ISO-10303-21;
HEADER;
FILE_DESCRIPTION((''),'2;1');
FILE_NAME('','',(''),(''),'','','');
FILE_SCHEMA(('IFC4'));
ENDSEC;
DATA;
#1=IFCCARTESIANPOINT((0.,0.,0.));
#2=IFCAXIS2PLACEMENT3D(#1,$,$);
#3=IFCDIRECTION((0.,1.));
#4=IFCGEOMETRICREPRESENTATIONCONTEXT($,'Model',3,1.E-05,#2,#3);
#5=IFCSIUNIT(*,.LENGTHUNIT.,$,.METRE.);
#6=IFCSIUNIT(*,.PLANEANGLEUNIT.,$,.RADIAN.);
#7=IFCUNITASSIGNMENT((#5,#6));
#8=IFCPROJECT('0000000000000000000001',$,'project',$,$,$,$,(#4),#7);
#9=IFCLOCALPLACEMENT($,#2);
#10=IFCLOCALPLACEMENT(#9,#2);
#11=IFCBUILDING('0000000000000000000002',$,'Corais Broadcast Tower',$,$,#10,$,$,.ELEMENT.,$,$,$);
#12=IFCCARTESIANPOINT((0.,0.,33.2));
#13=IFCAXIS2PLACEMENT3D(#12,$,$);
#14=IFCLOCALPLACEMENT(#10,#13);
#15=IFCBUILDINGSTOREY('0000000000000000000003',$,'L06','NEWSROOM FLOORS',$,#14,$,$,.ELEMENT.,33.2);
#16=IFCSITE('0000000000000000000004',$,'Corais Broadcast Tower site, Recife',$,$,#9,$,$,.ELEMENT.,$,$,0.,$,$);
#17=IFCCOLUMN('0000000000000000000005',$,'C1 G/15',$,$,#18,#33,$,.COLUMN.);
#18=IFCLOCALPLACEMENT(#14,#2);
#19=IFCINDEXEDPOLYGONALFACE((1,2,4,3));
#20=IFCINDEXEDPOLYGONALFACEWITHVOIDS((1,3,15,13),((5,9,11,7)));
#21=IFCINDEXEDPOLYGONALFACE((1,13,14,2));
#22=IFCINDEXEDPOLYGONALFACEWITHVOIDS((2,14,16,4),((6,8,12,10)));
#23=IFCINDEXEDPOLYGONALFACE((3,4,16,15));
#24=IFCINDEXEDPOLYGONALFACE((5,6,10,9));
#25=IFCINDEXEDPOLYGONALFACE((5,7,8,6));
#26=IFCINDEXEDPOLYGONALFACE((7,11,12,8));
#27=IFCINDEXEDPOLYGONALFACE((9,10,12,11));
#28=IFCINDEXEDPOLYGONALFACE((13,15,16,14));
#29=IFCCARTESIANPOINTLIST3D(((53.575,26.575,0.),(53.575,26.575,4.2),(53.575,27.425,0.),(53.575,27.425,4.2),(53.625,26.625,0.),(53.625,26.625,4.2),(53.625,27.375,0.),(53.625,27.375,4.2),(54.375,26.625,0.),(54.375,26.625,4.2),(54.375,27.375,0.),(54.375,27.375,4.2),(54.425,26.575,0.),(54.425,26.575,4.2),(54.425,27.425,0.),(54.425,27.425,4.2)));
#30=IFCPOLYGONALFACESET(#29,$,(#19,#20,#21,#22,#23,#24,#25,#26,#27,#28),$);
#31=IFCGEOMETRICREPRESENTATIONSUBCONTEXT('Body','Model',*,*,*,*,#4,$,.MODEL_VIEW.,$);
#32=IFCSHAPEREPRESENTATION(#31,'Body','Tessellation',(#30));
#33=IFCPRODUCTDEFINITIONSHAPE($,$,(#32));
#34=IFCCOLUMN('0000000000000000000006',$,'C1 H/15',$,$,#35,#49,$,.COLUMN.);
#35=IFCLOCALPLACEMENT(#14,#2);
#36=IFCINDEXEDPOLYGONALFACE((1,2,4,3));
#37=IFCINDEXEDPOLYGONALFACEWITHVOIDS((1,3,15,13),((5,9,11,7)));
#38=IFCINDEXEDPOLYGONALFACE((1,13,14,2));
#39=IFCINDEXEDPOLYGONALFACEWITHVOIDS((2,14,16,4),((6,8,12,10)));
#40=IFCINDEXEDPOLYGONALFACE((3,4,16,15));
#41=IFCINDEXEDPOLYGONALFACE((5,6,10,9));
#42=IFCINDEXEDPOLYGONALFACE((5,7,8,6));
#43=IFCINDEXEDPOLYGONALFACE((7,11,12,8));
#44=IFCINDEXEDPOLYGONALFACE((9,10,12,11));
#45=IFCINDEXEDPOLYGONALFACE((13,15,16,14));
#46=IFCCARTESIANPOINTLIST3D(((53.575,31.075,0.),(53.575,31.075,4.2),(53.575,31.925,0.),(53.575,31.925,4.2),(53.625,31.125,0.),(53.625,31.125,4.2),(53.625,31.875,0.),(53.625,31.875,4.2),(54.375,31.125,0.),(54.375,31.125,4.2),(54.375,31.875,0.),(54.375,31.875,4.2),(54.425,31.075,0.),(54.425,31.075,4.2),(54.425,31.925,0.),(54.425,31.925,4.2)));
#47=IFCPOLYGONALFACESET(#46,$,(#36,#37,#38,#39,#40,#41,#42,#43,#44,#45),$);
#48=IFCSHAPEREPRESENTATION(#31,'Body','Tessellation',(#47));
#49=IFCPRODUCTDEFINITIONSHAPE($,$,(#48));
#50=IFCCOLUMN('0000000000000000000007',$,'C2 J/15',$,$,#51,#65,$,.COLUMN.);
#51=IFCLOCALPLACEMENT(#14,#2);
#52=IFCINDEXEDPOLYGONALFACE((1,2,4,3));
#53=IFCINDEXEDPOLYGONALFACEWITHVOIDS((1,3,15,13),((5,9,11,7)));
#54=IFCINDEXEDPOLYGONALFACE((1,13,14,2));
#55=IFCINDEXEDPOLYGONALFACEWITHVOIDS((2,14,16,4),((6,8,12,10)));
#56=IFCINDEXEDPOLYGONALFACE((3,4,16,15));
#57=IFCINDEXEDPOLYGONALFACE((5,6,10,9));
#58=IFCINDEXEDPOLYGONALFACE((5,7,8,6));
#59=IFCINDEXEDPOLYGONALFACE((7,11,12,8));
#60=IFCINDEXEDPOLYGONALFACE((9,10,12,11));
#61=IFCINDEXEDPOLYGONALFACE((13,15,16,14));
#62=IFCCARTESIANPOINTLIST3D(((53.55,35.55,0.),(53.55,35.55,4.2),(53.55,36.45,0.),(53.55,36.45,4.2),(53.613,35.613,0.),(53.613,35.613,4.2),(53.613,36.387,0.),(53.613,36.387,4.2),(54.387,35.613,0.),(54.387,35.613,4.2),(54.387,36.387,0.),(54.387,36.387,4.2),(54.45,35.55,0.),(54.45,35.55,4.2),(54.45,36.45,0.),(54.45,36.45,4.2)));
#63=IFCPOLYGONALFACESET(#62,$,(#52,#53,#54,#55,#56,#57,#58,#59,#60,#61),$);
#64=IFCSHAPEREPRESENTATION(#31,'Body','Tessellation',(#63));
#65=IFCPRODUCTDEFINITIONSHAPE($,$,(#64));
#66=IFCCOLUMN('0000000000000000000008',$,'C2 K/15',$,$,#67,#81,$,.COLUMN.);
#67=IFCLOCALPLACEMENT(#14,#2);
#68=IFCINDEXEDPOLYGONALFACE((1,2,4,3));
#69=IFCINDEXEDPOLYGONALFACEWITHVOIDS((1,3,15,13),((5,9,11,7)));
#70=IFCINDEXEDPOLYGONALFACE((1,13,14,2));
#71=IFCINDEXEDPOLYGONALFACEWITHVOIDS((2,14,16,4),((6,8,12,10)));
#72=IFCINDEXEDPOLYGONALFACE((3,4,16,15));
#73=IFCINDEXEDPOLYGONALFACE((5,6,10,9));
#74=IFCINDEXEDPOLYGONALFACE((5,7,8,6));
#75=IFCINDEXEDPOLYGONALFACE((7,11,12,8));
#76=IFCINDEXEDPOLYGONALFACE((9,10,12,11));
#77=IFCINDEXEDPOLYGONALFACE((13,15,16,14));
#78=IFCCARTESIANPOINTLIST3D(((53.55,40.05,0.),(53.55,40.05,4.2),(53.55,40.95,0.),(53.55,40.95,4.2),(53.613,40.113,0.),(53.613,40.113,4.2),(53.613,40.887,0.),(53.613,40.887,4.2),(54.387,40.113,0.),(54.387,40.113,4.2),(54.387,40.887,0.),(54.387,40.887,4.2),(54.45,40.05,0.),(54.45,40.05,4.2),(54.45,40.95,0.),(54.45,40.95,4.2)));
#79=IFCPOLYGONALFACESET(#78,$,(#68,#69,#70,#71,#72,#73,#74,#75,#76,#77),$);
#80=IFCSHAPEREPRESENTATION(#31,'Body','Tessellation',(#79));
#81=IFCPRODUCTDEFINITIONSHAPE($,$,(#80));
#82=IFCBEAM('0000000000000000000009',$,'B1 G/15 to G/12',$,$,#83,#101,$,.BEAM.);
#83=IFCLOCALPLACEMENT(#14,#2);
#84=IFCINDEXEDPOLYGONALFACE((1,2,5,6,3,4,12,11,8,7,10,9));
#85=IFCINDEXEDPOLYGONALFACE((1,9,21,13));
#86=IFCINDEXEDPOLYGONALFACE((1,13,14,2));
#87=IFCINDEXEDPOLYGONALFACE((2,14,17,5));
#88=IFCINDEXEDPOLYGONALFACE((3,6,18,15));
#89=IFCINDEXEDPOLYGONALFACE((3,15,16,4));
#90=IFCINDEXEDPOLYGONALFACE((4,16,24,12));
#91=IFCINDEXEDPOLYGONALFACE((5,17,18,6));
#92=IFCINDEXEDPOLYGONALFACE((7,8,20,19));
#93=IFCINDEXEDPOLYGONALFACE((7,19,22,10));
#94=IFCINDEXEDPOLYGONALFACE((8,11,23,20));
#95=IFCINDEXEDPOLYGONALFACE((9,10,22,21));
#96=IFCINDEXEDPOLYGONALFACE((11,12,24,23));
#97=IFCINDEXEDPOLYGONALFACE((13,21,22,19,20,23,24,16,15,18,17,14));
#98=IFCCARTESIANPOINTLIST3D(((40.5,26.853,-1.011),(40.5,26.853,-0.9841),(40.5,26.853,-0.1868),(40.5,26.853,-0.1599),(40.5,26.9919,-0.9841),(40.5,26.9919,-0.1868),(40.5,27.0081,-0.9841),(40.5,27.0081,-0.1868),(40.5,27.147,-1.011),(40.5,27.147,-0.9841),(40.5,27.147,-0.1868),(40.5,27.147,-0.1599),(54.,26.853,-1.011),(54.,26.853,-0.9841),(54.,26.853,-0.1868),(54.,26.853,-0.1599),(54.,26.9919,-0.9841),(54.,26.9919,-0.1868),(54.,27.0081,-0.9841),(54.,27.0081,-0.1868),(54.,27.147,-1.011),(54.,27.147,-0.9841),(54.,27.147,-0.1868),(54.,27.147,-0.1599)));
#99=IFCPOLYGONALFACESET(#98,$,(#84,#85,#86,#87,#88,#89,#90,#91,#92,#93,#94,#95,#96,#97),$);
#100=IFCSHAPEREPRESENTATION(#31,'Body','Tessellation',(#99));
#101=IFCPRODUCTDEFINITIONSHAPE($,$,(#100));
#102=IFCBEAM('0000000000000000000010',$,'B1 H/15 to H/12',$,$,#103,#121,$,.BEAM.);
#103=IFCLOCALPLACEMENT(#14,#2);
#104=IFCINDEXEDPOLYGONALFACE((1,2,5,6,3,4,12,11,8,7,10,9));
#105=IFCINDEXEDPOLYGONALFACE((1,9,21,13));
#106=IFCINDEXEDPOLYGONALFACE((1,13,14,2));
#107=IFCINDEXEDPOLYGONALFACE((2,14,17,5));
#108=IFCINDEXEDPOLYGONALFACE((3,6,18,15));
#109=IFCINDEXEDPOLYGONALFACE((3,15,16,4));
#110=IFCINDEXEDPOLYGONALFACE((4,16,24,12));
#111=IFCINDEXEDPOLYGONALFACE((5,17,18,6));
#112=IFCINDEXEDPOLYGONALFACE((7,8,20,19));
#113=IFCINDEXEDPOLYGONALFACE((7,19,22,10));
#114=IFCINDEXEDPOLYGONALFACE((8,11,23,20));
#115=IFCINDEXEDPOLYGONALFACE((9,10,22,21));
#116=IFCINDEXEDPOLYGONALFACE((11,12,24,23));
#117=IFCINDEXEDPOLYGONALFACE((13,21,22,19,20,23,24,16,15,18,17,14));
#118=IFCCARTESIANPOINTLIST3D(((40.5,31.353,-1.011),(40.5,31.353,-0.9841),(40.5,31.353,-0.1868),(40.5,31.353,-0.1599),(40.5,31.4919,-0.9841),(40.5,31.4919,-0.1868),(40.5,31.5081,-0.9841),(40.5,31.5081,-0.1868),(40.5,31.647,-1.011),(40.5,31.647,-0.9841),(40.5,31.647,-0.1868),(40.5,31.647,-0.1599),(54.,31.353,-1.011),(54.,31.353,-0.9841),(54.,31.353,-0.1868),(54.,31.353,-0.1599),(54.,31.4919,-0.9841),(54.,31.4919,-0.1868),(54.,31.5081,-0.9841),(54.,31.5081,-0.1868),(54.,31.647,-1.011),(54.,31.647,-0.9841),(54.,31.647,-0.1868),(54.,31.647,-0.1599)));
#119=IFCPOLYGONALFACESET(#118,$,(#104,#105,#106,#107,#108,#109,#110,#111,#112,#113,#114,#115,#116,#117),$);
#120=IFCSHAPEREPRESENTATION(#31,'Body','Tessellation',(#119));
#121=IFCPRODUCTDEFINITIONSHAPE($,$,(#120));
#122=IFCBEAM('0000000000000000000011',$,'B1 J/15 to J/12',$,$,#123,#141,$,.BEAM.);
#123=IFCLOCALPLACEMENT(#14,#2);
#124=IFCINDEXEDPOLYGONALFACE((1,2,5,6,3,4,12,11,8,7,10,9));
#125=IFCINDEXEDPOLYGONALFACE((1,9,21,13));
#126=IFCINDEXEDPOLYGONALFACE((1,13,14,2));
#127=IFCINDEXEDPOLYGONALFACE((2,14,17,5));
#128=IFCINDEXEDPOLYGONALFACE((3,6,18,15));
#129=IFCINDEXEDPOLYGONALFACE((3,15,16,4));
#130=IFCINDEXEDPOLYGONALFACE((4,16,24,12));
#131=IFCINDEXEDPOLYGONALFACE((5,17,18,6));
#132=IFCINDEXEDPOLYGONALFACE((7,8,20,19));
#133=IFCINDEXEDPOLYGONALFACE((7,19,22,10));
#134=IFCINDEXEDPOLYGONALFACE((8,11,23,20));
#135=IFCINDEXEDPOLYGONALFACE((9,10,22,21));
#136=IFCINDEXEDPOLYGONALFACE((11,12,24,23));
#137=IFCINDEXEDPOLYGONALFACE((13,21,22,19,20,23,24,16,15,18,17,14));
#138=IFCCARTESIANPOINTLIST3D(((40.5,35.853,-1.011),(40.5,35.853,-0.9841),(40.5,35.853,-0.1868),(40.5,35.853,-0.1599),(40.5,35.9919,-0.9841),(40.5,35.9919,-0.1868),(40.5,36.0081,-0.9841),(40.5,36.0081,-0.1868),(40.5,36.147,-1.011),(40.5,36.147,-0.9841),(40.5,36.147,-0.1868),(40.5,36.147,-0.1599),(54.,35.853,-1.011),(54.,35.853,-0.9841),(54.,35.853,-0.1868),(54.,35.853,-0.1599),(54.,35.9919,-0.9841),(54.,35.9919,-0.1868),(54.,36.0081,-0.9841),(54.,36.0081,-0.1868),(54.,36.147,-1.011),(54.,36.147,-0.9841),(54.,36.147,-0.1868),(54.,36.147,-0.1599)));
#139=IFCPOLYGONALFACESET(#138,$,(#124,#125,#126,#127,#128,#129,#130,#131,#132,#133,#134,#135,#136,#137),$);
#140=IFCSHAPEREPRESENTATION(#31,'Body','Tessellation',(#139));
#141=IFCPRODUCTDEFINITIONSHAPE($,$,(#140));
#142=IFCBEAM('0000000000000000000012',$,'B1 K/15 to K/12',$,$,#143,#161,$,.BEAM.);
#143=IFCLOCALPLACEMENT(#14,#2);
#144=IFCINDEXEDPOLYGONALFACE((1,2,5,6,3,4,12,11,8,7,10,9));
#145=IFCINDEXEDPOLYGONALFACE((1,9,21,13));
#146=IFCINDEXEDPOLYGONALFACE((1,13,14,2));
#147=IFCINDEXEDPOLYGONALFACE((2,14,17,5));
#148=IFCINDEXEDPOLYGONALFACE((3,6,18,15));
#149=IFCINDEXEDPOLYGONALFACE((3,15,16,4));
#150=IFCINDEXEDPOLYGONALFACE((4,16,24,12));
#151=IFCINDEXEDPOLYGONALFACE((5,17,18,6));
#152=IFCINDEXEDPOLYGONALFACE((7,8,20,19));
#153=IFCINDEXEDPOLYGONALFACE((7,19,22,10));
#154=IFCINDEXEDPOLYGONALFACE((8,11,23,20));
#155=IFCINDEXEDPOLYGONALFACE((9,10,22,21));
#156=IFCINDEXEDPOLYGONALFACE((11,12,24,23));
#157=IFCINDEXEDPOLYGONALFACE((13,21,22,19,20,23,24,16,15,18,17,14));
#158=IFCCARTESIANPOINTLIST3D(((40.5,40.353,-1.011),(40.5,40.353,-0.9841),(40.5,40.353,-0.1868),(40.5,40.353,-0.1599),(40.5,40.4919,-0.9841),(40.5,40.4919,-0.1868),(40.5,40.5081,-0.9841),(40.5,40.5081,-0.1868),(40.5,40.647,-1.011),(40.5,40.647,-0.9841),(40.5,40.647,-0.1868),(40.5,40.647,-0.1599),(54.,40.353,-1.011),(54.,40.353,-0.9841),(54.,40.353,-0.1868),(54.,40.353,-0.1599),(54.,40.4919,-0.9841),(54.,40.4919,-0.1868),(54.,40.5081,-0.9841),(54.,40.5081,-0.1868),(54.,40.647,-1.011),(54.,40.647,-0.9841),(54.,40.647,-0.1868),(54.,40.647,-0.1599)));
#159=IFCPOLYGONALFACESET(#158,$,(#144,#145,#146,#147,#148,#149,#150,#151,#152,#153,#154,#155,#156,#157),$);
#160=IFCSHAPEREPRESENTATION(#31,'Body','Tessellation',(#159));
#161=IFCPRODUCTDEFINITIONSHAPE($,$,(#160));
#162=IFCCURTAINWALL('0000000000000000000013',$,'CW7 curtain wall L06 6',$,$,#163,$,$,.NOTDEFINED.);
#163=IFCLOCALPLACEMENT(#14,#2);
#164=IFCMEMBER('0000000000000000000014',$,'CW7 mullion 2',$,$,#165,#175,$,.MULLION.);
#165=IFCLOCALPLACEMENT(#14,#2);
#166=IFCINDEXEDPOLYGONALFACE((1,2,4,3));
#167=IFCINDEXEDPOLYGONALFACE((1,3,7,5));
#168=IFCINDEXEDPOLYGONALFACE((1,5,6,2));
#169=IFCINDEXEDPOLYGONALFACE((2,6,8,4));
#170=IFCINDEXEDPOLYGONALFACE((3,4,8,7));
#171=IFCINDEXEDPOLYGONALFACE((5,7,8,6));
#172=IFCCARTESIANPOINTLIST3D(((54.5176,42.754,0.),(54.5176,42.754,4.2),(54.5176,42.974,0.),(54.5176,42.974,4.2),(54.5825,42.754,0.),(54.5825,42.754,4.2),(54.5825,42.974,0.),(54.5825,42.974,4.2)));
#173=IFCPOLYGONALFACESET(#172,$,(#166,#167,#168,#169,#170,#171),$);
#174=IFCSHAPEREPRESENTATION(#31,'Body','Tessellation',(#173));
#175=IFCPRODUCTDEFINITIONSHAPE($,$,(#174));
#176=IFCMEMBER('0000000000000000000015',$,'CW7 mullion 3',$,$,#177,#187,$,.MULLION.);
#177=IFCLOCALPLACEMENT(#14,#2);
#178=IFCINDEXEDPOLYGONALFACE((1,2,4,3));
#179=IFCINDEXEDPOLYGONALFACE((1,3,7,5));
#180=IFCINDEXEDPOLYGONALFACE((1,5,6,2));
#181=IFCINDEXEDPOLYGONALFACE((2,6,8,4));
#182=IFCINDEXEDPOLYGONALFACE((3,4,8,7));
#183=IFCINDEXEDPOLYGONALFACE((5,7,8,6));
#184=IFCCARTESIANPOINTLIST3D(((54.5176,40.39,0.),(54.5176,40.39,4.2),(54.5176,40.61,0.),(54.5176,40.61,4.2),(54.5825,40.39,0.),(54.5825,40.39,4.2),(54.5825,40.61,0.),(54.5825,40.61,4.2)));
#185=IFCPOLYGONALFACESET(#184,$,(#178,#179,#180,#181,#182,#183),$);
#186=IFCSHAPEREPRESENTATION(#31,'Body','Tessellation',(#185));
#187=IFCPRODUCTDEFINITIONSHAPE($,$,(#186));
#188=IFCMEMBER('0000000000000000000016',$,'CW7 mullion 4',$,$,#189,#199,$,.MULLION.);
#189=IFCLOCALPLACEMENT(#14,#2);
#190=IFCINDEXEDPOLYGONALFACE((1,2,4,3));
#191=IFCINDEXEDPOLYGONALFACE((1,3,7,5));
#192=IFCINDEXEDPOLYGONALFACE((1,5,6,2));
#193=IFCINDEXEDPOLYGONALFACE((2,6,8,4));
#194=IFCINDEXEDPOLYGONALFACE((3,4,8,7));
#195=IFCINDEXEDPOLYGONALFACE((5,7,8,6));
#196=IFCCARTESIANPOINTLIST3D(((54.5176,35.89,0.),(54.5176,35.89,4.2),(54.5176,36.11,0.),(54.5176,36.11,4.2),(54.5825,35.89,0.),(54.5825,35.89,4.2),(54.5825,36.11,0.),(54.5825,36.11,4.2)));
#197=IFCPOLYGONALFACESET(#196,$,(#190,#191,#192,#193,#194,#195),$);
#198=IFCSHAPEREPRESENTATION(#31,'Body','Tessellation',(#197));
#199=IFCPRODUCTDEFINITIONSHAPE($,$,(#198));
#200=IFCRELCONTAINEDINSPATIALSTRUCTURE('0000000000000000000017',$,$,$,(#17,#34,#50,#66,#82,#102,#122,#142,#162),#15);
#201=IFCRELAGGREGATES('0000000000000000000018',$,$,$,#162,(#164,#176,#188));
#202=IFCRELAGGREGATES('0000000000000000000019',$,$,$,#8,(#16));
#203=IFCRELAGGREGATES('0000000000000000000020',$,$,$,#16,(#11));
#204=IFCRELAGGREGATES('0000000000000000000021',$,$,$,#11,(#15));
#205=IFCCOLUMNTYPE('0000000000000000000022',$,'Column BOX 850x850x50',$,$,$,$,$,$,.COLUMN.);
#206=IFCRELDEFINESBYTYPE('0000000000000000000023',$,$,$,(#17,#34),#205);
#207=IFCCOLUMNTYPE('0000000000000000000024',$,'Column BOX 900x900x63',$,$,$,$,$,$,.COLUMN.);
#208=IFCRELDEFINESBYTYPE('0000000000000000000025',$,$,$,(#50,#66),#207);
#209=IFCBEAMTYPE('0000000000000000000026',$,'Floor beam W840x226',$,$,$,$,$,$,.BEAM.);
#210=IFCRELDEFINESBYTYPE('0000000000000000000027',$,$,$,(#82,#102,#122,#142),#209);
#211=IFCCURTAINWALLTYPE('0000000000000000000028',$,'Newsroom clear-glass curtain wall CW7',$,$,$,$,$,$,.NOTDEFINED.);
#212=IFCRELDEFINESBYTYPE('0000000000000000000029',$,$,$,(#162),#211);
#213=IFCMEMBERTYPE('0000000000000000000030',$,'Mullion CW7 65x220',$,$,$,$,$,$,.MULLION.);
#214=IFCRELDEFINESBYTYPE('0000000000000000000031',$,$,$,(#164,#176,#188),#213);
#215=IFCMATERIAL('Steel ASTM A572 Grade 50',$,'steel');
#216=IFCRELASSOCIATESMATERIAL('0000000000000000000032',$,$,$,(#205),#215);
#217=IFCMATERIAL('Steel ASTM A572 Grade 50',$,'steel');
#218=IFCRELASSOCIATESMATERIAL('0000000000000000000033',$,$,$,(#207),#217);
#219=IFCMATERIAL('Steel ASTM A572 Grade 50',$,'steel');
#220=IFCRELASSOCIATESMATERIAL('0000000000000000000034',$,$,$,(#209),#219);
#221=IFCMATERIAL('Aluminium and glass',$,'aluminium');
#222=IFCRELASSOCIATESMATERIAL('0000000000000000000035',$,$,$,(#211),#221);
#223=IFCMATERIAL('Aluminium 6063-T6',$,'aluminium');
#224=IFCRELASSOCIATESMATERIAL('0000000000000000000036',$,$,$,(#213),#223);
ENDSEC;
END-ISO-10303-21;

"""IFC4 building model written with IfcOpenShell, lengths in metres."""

from ifc_helpers import new_model, si_unit, direction, frame, origin, origin_2d, place, context, subcontext, project, spatial, rectangle, hollow_rectangle, i_section, extrude, material, material_profile, profile_set, type_object, element, aggregate, save


model = new_model("IFC4")

# Units and contexts
model_context = context("Model", 3, precision=1e-05, world=origin(), true_north=direction((0.0, 1.0)))
body_context = subcontext(model_context, "Body", "Model", "MODEL_VIEW")
ifc_project = project(units=[si_unit("LENGTHUNIT", "METRE"), si_unit("PLANEANGLEUNIT", "RADIAN")], contexts=[model_context])

# Site, building, storey
site_placement = place(None, origin())
site = spatial("IfcSite", under=ifc_project, at=site_placement, Name="Corais Broadcast Tower site, Recife", CompositionType="ELEMENT", RefElevation=0.0)
building_placement = place(site_placement, origin())
building = spatial("IfcBuilding", under=site, at=building_placement, Name="Corais Broadcast Tower", CompositionType="ELEMENT")
storey_placement = place(building_placement, frame((0.0, 0.0, 33.2)))
storey = spatial("IfcBuildingStorey", under=building, at=storey_placement, Name="L06", Description="NEWSROOM FLOORS", CompositionType="ELEMENT", Elevation=33.2)

# Columns
ifc_material_1 = material(Name="Steel ASTM A572 Grade 50", Category="steel")
ifc_material_profile_1 = material_profile(ifc_material_1, hollow_rectangle(XDim=0.8501, YDim=0.8501, WallThickness=0.05, at=origin_2d()), Name="BOX 850x850x50")
ifc_profile_set_1 = profile_set([ifc_material_profile_1], Name="Steel ASTM A572 Grade 50")
column_type_1 = type_object("IfcColumnType", Name="Column BOX 850x850x50", PredefinedType="COLUMN", material=ifc_profile_set_1)
for number, where, z_axis, x_axis, name in (
    (1, (54.0, 27.0, 0.0), (0.0, 0.0, 1.0), (1.0, 0.0, 0.0), "C1 G/15"),
    (2, (54.0, 31.5, 0.0), (0.0, 0.0, 1.0), (1.0, 0.0, 0.0), "C1 H/15"),
):
    element("IfcColumn", number, at=place(storey_placement, frame(where, z_axis=z_axis, x_axis=x_axis)), inside=storey, type_object=column_type_1, Name=name, PredefinedType="COLUMN", context=body_context, shape_type="SweptSolid", body=[
        extrude(hollow_rectangle(XDim=0.8501, YDim=0.8501, WallThickness=0.05, at=origin_2d()), origin(), (0.0, 0.0, 1.0), 4.2),
    ])
ifc_material_2 = material(Name="Steel ASTM A572 Grade 50", Category="steel")
ifc_material_profile_2 = material_profile(ifc_material_2, hollow_rectangle(XDim=0.8999, YDim=0.8999, WallThickness=0.063, at=origin_2d()), Name="BOX 900x900x63")
ifc_profile_set_2 = profile_set([ifc_material_profile_2], Name="Steel ASTM A572 Grade 50")
column_type_2 = type_object("IfcColumnType", Name="Column BOX 900x900x63", PredefinedType="COLUMN", material=ifc_profile_set_2)
for number, where, z_axis, x_axis, name in (
    (3, (54.0, 36.0, 0.0), (0.0, 0.0, 1.0), (1.0, 0.0, 0.0), "C2 J/15"),
    (4, (54.0, 40.5, 0.0), (0.0, 0.0, 1.0), (1.0, 0.0, 0.0), "C2 K/15"),
):
    element("IfcColumn", number, at=place(storey_placement, frame(where, z_axis=z_axis, x_axis=x_axis)), inside=storey, type_object=column_type_2, Name=name, PredefinedType="COLUMN", context=body_context, shape_type="SweptSolid", body=[
        extrude(hollow_rectangle(XDim=0.8999, YDim=0.8999, WallThickness=0.063, at=origin_2d()), origin(), (0.0, 0.0, 1.0), 4.2),
    ])

# Beams
ifc_material_3 = material(Name="Steel ASTM A572 Grade 50", Category="steel")
ifc_material_profile_3 = material_profile(ifc_material_3, i_section(OverallWidth=0.2939, OverallDepth=0.8511, WebThickness=0.0161, FlangeThickness=0.0269, at=origin_2d()), Name="W840x226")
ifc_profile_set_3 = profile_set([ifc_material_profile_3], Name="Steel ASTM A572 Grade 50")
beam_type_1 = type_object("IfcBeamType", Name="Floor beam W840x226", PredefinedType="BEAM", material=ifc_profile_set_3)
for number, where, z_axis, x_axis, name in (
    (5, (54.0, 27.0, -0.5854), (-1.0, 0.0, 0.0), (0.0, -1.0, 0.0), "B1 G/15 to G/12"),
    (6, (54.0, 31.5, -0.5854), (-1.0, 0.0, 0.0), (0.0, -1.0, 0.0), "B1 H/15 to H/12"),
    (7, (54.0, 36.0, -0.5854), (-1.0, 0.0, 0.0), (0.0, -1.0, 0.0), "B1 J/15 to J/12"),
    (8, (54.0, 40.5, -0.5854), (-1.0, 0.0, 0.0), (0.0, -1.0, 0.0), "B1 K/15 to K/12"),
):
    element("IfcBeam", number, at=place(storey_placement, frame(where, z_axis=z_axis, x_axis=x_axis)), inside=storey, type_object=beam_type_1, Name=name, PredefinedType="BEAM", context=body_context, shape_type="SweptSolid", body=[
        extrude(i_section(OverallWidth=0.2939, OverallDepth=0.8511, WebThickness=0.0161, FlangeThickness=0.0269, at=origin_2d()), origin(), (0.0, 0.0, 1.0), 13.5),
    ])

# Curtain wall, members
ifc_material_4 = material(Name="Aluminium and glass", Category="aluminium")
curtain_wall_type = type_object("IfcCurtainWallType", Name="Newsroom clear-glass curtain wall CW7", PredefinedType="NOTDEFINED", material=ifc_material_4)
curtain_wall_placement = place(storey_placement, origin())
curtain_wall = element("IfcCurtainWall", 9, at=curtain_wall_placement, inside=storey, type_object=curtain_wall_type, Name="CW7 curtain wall L06 6", PredefinedType="NOTDEFINED")
ifc_material_5 = material(Name="Aluminium 6063-T6", Category="aluminium")
ifc_material_profile_4 = material_profile(ifc_material_5, rectangle(XDim=0.0649, YDim=0.22, at=origin_2d()), Name="Mullion CW7 65x220")
ifc_profile_set_4 = profile_set([ifc_material_profile_4], Name="Aluminium 6063-T6")
member_type_1 = type_object("IfcMemberType", Name="Mullion CW7 65x220", PredefinedType="MULLION", material=ifc_profile_set_4)
member_1_placement = place(storey_placement, frame((54.55, 42.864, 0.0), z_axis=(0.0, 0.0, 1.0), x_axis=(1.0, 0.0, 0.0)))
member_1 = element("IfcMember", 10, at=member_1_placement, type_object=member_type_1, Name="CW7 mullion 2", PredefinedType="MULLION", context=body_context, shape_type="SweptSolid", body=[
    extrude(rectangle(XDim=0.0649, YDim=0.22, at=origin_2d()), origin(), (0.0, 0.0, 1.0), 4.2),
])
member_2_placement = place(storey_placement, frame((54.55, 40.5, 0.0), z_axis=(0.0, 0.0, 1.0), x_axis=(1.0, 0.0, 0.0)))
member_2 = element("IfcMember", 11, at=member_2_placement, type_object=member_type_1, Name="CW7 mullion 3", PredefinedType="MULLION", context=body_context, shape_type="SweptSolid", body=[
    extrude(rectangle(XDim=0.0649, YDim=0.22, at=origin_2d()), origin(), (0.0, 0.0, 1.0), 4.2),
])
member_3_placement = place(storey_placement, frame((54.55, 36.0, 0.0), z_axis=(0.0, 0.0, 1.0), x_axis=(1.0, 0.0, 0.0)))
member_3 = element("IfcMember", 12, at=member_3_placement, type_object=member_type_1, Name="CW7 mullion 4", PredefinedType="MULLION", context=body_context, shape_type="SweptSolid", body=[
    extrude(rectangle(XDim=0.0649, YDim=0.22, at=origin_2d()), origin(), (0.0, 0.0, 1.0), 4.2),
])

aggregate(curtain_wall, [member_1, member_2, member_3])

save(model, "model.ifc")
